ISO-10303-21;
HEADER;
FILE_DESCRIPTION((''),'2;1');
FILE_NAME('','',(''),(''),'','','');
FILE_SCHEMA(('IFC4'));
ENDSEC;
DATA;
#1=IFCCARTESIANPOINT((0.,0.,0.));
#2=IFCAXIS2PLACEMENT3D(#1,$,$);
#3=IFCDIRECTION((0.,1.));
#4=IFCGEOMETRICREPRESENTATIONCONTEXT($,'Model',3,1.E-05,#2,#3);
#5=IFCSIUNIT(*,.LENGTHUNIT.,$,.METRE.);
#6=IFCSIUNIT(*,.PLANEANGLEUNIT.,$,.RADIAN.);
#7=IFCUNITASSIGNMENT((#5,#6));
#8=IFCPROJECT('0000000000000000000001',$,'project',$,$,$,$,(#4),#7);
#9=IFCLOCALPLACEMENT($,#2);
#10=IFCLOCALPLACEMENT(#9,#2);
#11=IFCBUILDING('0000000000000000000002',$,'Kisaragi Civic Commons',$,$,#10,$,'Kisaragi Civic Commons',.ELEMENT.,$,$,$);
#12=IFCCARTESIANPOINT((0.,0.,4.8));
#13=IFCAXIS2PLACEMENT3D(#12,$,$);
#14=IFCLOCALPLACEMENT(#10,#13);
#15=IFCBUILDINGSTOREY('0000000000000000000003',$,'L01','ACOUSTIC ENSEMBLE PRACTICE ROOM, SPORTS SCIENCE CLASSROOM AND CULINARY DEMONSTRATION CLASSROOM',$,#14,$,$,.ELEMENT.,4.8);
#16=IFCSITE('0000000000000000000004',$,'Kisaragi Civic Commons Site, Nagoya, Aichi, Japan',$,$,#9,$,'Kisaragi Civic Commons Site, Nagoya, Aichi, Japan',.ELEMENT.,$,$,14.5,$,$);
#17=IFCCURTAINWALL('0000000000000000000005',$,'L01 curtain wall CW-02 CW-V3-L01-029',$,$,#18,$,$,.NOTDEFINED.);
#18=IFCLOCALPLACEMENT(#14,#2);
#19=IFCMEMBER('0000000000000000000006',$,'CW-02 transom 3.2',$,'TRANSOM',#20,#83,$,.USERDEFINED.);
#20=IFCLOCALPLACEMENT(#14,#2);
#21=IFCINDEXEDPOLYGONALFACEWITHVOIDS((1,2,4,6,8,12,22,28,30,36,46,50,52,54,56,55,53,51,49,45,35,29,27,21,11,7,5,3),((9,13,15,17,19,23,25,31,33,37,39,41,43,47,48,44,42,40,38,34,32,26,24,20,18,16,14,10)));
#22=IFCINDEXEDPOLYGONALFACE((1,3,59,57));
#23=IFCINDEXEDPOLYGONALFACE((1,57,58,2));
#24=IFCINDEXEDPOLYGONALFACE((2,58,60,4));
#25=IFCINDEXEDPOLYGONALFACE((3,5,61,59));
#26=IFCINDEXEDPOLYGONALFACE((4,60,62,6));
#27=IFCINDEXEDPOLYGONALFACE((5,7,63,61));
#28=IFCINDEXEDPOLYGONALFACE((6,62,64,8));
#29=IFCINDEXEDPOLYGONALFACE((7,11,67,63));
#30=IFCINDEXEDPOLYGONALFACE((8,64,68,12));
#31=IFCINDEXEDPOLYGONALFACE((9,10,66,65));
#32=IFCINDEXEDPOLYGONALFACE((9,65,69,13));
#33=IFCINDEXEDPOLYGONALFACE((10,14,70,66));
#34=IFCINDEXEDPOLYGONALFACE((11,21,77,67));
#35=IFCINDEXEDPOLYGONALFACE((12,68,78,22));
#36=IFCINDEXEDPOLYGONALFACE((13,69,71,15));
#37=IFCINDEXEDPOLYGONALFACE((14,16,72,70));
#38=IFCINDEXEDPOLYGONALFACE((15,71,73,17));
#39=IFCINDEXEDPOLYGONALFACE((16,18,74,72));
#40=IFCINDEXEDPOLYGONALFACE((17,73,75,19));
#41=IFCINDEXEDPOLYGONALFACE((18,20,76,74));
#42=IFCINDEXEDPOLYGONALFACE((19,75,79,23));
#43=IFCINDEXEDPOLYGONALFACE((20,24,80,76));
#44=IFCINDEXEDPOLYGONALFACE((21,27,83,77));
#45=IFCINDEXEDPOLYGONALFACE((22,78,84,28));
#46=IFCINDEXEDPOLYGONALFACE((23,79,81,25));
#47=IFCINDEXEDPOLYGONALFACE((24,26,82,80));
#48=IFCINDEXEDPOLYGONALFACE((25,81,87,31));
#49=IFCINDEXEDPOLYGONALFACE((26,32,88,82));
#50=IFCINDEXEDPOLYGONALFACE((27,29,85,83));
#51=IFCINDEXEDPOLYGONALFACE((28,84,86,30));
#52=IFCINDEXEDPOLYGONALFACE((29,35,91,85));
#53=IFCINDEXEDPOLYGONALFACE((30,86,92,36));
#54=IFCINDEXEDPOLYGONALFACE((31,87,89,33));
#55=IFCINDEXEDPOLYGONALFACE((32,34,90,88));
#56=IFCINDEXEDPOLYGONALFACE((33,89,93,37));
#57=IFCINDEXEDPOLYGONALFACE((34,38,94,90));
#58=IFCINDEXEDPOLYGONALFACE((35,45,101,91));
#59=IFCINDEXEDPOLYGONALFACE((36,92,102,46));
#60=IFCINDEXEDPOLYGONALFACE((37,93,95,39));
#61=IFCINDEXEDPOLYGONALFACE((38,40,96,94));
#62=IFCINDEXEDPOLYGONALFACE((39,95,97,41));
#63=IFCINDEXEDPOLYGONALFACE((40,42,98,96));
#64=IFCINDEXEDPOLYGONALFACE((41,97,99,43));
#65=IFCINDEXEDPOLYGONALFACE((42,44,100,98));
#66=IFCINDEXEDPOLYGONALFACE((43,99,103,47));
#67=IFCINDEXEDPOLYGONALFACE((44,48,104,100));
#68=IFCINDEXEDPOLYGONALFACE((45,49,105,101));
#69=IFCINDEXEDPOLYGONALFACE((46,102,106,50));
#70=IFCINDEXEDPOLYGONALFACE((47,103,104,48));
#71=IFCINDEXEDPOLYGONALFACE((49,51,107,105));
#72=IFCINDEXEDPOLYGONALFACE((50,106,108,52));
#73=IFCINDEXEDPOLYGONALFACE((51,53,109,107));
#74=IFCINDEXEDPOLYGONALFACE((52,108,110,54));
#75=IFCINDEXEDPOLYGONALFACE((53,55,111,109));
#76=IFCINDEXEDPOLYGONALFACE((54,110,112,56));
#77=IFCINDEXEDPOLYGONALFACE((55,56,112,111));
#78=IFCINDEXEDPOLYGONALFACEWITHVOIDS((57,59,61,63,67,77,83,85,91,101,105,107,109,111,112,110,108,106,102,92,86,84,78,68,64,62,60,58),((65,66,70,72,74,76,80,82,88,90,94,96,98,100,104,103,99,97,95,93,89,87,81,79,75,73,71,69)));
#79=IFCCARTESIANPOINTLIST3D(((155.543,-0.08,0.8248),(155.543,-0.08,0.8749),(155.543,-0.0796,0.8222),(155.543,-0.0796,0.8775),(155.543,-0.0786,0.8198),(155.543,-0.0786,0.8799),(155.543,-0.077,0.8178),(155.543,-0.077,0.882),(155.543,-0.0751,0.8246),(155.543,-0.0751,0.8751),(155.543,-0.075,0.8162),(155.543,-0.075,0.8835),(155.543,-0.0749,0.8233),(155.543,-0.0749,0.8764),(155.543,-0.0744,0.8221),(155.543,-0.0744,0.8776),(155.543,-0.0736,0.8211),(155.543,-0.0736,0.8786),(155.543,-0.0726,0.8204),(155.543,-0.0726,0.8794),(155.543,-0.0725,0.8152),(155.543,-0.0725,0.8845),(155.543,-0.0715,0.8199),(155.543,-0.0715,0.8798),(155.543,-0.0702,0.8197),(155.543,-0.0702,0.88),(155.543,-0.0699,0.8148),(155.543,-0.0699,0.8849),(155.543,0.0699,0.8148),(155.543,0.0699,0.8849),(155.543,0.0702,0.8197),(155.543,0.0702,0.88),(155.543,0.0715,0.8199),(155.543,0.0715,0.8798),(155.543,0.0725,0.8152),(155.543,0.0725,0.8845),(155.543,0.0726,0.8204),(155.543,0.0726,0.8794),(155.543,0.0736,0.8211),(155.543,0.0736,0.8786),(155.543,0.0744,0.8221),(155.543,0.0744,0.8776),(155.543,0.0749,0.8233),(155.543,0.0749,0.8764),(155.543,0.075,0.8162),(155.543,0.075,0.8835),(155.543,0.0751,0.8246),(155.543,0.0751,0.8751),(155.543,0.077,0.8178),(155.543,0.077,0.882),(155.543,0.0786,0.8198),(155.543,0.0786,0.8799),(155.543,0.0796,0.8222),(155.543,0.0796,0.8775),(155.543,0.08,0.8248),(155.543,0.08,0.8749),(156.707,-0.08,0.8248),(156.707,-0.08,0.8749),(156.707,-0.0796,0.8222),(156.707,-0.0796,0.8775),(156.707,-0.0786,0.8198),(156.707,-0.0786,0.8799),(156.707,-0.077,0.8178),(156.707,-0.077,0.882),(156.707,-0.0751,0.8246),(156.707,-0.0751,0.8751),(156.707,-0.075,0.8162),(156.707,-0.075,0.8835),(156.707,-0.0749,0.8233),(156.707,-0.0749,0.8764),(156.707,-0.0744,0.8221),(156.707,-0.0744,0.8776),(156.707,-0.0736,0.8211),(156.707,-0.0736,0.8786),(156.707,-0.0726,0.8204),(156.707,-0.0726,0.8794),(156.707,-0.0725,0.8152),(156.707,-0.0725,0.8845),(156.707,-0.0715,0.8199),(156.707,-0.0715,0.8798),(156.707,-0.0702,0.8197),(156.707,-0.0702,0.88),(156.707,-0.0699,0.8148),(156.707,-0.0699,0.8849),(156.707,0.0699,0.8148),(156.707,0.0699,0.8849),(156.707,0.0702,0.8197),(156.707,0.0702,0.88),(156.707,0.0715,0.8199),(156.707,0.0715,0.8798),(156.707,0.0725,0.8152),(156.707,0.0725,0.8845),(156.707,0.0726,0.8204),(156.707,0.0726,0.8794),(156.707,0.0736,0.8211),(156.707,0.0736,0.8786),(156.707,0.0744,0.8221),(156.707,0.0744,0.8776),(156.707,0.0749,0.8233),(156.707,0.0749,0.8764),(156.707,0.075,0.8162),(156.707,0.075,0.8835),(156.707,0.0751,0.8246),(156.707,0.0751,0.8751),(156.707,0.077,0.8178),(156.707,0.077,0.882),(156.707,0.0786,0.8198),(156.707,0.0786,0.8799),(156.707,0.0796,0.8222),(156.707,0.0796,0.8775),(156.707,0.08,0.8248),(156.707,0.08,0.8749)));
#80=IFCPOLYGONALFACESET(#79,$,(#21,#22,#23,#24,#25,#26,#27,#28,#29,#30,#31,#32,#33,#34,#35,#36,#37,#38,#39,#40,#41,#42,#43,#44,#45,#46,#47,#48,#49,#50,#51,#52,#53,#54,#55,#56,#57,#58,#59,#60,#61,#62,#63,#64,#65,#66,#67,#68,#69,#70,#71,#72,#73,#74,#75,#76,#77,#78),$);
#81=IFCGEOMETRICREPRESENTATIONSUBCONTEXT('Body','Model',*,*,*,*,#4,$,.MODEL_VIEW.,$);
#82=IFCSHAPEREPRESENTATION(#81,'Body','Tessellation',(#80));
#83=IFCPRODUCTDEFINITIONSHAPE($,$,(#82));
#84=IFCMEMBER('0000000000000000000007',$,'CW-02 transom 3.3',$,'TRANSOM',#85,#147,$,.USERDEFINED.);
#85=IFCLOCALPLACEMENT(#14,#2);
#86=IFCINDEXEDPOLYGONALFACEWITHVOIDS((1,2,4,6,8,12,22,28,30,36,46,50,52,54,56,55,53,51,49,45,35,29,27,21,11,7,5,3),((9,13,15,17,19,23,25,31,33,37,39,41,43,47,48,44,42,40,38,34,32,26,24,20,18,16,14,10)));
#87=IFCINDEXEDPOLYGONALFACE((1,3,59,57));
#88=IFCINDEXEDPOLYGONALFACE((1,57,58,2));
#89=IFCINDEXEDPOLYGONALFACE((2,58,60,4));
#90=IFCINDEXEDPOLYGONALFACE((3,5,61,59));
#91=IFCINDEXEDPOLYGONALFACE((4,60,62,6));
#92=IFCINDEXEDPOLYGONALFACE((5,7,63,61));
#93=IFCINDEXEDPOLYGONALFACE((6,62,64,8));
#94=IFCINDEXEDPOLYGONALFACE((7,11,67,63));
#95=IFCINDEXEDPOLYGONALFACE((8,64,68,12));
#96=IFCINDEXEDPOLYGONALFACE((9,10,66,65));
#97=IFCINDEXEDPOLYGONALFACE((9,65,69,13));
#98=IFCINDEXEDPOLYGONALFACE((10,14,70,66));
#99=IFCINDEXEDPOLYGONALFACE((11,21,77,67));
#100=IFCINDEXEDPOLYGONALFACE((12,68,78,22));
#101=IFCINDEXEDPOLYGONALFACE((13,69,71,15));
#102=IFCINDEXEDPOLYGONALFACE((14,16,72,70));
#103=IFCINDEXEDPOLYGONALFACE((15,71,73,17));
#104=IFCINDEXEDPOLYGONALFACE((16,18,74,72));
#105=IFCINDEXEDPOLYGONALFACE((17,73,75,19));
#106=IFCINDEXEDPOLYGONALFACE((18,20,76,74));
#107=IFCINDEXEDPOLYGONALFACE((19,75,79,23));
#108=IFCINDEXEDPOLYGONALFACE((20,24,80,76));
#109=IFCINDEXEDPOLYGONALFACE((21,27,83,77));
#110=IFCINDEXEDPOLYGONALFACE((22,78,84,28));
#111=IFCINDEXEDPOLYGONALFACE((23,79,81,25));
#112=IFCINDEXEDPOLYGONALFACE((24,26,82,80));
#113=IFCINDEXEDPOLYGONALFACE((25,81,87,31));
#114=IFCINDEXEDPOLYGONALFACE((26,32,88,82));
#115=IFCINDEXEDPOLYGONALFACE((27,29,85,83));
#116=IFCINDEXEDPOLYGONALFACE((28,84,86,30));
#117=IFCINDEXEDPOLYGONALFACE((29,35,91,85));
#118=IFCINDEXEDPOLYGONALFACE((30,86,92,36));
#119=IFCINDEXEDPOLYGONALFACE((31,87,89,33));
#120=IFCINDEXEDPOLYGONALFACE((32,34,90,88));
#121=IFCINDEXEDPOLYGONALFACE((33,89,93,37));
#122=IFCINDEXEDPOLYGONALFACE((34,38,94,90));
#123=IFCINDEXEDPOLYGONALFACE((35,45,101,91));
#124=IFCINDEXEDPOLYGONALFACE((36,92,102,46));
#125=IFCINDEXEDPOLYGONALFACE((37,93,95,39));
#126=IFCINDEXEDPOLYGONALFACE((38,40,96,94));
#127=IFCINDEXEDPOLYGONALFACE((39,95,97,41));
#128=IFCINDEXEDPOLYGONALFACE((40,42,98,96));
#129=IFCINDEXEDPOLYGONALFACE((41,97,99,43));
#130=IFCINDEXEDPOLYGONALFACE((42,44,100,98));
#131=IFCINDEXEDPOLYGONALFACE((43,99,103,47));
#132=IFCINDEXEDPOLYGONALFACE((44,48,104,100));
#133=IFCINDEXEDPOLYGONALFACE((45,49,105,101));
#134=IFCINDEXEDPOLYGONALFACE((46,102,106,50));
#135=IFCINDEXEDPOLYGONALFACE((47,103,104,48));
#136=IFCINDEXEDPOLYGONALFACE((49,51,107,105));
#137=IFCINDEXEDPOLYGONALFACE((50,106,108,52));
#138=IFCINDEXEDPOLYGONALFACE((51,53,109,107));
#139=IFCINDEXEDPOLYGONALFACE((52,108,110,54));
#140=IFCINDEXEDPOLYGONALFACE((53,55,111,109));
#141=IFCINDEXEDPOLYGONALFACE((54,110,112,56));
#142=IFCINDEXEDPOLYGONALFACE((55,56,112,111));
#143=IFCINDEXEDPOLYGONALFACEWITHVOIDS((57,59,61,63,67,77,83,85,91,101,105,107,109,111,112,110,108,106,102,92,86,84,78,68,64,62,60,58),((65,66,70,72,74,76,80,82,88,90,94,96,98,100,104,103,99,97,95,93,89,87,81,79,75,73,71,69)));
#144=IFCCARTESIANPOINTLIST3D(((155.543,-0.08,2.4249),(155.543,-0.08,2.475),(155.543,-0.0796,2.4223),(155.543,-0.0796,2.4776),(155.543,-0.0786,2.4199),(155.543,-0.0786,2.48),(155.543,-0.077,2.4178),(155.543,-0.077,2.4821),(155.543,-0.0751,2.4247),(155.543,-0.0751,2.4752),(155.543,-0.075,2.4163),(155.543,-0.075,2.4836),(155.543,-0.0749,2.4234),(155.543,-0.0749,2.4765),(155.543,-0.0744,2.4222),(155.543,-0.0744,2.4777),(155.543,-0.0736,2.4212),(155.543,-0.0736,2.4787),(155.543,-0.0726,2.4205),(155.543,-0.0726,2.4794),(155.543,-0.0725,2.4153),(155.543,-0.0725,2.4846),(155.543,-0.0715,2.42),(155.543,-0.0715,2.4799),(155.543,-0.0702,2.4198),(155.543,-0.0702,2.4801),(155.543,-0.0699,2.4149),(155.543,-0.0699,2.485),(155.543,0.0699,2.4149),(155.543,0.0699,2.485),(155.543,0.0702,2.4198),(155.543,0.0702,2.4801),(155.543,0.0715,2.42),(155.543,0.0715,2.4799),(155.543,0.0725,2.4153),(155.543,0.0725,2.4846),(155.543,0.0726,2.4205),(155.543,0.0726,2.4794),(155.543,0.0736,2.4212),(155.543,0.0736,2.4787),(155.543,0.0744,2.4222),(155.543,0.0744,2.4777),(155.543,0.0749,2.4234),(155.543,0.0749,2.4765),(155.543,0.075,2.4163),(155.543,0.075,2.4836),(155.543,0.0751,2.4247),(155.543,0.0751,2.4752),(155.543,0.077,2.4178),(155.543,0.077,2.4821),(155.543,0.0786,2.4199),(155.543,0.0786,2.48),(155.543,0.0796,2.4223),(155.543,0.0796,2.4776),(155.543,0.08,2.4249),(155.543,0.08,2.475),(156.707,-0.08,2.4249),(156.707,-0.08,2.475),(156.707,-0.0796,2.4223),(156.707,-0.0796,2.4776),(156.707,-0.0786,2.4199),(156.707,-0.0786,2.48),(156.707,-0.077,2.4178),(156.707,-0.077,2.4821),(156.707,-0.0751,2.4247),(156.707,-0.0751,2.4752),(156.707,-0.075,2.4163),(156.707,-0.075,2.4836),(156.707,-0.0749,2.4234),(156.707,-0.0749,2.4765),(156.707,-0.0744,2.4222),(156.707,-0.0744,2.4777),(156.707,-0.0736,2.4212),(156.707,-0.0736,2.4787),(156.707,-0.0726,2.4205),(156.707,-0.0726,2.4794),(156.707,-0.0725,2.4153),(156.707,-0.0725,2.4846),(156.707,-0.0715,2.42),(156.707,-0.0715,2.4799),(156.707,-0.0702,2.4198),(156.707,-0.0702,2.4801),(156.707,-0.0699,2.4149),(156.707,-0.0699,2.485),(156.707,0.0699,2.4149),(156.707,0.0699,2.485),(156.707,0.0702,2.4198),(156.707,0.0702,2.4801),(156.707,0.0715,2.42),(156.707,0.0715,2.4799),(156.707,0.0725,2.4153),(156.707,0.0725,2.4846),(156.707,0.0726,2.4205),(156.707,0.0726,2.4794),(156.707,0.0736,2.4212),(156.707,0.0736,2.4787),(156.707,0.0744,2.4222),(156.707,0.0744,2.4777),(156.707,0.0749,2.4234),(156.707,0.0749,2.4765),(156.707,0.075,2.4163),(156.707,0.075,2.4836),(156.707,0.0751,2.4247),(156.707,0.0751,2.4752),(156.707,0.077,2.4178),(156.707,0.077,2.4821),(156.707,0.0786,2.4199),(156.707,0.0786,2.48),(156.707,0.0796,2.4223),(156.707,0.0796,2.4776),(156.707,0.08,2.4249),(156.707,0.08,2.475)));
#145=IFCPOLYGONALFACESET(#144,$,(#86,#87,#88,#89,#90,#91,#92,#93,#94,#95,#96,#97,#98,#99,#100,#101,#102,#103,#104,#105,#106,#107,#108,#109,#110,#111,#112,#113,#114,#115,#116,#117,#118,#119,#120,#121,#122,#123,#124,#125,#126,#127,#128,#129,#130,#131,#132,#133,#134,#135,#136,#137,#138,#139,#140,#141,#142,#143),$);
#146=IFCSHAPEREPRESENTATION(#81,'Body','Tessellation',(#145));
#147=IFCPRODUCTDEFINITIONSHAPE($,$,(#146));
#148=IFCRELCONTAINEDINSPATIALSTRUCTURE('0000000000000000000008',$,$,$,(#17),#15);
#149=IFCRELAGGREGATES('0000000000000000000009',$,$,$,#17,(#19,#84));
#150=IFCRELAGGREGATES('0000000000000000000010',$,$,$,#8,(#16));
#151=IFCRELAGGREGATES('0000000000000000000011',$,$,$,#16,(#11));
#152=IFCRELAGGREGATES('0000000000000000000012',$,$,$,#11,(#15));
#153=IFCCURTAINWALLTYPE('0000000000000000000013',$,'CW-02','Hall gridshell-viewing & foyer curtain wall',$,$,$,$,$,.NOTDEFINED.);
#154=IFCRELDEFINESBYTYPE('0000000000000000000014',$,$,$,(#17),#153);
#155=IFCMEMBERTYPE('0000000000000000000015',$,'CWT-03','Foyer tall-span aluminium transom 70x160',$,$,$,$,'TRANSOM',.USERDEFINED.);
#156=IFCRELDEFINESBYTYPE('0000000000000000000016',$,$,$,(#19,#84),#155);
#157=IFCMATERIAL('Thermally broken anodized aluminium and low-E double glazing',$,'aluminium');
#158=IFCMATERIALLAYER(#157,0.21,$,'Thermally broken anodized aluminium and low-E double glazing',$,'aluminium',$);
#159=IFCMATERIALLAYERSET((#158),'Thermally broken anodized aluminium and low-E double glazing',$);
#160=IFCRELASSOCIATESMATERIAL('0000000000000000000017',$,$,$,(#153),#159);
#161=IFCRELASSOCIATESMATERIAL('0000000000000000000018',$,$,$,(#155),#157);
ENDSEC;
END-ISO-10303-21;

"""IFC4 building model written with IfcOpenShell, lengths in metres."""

from ifc_helpers import new_model, si_unit, direction, frame, origin, origin_2d, place, context, subcontext, project, spatial, hollow_rectangle, extrude, material, layer, layer_set, material_profile, profile_set, type_object, element, aggregate, save


model = new_model("IFC4")

# Units and contexts
model_context = context("Model", 3, precision=1e-05, world=origin(), true_north=direction((0.0, 1.0)))
body_context = subcontext(model_context, "Body", "Model", "MODEL_VIEW")
ifc_project = project(units=[si_unit("LENGTHUNIT", "METRE"), si_unit("PLANEANGLEUNIT", "RADIAN")], contexts=[model_context])

# Site, building, storey
site_placement = place(None, origin())
site = spatial("IfcSite", under=ifc_project, at=site_placement, Name="Kisaragi Civic Commons Site, Nagoya, Aichi, Japan", LongName="Kisaragi Civic Commons Site, Nagoya, Aichi, Japan", CompositionType="ELEMENT", RefElevation=14.5)
building_placement = place(site_placement, origin())
building = spatial("IfcBuilding", under=site, at=building_placement, Name="Kisaragi Civic Commons", LongName="Kisaragi Civic Commons", CompositionType="ELEMENT")
storey_placement = place(building_placement, frame((0.0, 0.0, 4.8)))
storey = spatial("IfcBuildingStorey", under=building, at=storey_placement, Name="L01", Description="ACOUSTIC ENSEMBLE PRACTICE ROOM, SPORTS SCIENCE CLASSROOM AND CULINARY DEMONSTRATION CLASSROOM", CompositionType="ELEMENT", Elevation=4.8)

# Curtain wall, members
ifc_material = material(Name="Thermally broken anodized aluminium and low-E double glazing", Category="aluminium")
ifc_layer_1 = layer(ifc_material, 0.21, Name="Thermally broken anodized aluminium and low-E double glazing", Category="aluminium")
ifc_layer_set_1 = layer_set([ifc_layer_1], Name="Thermally broken anodized aluminium and low-E double glazing")
curtain_wall_type = type_object("IfcCurtainWallType", Name="CW-02", Description="Hall gridshell-viewing & foyer curtain wall", PredefinedType="NOTDEFINED", material=ifc_layer_set_1)
curtain_wall_placement = place(storey_placement, origin())
curtain_wall = element("IfcCurtainWall", 1, at=curtain_wall_placement, inside=storey, type_object=curtain_wall_type, Name="L01 curtain wall CW-02 CW-V3-L01-029", PredefinedType="NOTDEFINED")
ifc_material_profile_1 = material_profile(ifc_material, hollow_rectangle(XDim=0.1599, YDim=0.0701, WallThickness=0.0049, InnerFilletRadius=0.0049, OuterFilletRadius=0.01, at=origin_2d()), Name="CWT-70x160x5", Category="aluminium")
ifc_profile_set_1 = profile_set([ifc_material_profile_1], Name="Thermally broken anodized aluminium and low-E double glazing")
member_type_1 = type_object("IfcMemberType", Name="CWT-03", Description="Foyer tall-span aluminium transom 70x160", ElementType="TRANSOM", PredefinedType="USERDEFINED", material=ifc_profile_set_1)
member_1_placement = place(storey_placement, frame((156.707, 0.0, 0.8499), z_axis=(-1.0, 0.0, 0.0), x_axis=(0.0, -1.0, 0.0)))
member_1 = element("IfcMember", 2, at=member_1_placement, type_object=member_type_1, Name="CW-02 transom 3.2", ObjectType="TRANSOM", PredefinedType="USERDEFINED", context=body_context, shape_type="SweptSolid", body=[
    extrude(hollow_rectangle(XDim=0.1599, YDim=0.0701, WallThickness=0.0049, InnerFilletRadius=0.0049, OuterFilletRadius=0.01, at=origin_2d()), origin(), (0.0, 0.0, 1.0), 1.1641),
])
member_2_placement = place(storey_placement, frame((156.707, 0.0, 2.45), z_axis=(-1.0, 0.0, 0.0), x_axis=(0.0, -1.0, 0.0)))
member_2 = element("IfcMember", 3, at=member_2_placement, type_object=member_type_1, Name="CW-02 transom 3.3", ObjectType="TRANSOM", PredefinedType="USERDEFINED", context=body_context, shape_type="SweptSolid", body=[
    extrude(hollow_rectangle(XDim=0.1599, YDim=0.0701, WallThickness=0.0049, InnerFilletRadius=0.0049, OuterFilletRadius=0.01, at=origin_2d()), origin(), (0.0, 0.0, 1.0), 1.1641),
])
aggregate(curtain_wall, [member_1, member_2])

save(model, "model.ifc")
